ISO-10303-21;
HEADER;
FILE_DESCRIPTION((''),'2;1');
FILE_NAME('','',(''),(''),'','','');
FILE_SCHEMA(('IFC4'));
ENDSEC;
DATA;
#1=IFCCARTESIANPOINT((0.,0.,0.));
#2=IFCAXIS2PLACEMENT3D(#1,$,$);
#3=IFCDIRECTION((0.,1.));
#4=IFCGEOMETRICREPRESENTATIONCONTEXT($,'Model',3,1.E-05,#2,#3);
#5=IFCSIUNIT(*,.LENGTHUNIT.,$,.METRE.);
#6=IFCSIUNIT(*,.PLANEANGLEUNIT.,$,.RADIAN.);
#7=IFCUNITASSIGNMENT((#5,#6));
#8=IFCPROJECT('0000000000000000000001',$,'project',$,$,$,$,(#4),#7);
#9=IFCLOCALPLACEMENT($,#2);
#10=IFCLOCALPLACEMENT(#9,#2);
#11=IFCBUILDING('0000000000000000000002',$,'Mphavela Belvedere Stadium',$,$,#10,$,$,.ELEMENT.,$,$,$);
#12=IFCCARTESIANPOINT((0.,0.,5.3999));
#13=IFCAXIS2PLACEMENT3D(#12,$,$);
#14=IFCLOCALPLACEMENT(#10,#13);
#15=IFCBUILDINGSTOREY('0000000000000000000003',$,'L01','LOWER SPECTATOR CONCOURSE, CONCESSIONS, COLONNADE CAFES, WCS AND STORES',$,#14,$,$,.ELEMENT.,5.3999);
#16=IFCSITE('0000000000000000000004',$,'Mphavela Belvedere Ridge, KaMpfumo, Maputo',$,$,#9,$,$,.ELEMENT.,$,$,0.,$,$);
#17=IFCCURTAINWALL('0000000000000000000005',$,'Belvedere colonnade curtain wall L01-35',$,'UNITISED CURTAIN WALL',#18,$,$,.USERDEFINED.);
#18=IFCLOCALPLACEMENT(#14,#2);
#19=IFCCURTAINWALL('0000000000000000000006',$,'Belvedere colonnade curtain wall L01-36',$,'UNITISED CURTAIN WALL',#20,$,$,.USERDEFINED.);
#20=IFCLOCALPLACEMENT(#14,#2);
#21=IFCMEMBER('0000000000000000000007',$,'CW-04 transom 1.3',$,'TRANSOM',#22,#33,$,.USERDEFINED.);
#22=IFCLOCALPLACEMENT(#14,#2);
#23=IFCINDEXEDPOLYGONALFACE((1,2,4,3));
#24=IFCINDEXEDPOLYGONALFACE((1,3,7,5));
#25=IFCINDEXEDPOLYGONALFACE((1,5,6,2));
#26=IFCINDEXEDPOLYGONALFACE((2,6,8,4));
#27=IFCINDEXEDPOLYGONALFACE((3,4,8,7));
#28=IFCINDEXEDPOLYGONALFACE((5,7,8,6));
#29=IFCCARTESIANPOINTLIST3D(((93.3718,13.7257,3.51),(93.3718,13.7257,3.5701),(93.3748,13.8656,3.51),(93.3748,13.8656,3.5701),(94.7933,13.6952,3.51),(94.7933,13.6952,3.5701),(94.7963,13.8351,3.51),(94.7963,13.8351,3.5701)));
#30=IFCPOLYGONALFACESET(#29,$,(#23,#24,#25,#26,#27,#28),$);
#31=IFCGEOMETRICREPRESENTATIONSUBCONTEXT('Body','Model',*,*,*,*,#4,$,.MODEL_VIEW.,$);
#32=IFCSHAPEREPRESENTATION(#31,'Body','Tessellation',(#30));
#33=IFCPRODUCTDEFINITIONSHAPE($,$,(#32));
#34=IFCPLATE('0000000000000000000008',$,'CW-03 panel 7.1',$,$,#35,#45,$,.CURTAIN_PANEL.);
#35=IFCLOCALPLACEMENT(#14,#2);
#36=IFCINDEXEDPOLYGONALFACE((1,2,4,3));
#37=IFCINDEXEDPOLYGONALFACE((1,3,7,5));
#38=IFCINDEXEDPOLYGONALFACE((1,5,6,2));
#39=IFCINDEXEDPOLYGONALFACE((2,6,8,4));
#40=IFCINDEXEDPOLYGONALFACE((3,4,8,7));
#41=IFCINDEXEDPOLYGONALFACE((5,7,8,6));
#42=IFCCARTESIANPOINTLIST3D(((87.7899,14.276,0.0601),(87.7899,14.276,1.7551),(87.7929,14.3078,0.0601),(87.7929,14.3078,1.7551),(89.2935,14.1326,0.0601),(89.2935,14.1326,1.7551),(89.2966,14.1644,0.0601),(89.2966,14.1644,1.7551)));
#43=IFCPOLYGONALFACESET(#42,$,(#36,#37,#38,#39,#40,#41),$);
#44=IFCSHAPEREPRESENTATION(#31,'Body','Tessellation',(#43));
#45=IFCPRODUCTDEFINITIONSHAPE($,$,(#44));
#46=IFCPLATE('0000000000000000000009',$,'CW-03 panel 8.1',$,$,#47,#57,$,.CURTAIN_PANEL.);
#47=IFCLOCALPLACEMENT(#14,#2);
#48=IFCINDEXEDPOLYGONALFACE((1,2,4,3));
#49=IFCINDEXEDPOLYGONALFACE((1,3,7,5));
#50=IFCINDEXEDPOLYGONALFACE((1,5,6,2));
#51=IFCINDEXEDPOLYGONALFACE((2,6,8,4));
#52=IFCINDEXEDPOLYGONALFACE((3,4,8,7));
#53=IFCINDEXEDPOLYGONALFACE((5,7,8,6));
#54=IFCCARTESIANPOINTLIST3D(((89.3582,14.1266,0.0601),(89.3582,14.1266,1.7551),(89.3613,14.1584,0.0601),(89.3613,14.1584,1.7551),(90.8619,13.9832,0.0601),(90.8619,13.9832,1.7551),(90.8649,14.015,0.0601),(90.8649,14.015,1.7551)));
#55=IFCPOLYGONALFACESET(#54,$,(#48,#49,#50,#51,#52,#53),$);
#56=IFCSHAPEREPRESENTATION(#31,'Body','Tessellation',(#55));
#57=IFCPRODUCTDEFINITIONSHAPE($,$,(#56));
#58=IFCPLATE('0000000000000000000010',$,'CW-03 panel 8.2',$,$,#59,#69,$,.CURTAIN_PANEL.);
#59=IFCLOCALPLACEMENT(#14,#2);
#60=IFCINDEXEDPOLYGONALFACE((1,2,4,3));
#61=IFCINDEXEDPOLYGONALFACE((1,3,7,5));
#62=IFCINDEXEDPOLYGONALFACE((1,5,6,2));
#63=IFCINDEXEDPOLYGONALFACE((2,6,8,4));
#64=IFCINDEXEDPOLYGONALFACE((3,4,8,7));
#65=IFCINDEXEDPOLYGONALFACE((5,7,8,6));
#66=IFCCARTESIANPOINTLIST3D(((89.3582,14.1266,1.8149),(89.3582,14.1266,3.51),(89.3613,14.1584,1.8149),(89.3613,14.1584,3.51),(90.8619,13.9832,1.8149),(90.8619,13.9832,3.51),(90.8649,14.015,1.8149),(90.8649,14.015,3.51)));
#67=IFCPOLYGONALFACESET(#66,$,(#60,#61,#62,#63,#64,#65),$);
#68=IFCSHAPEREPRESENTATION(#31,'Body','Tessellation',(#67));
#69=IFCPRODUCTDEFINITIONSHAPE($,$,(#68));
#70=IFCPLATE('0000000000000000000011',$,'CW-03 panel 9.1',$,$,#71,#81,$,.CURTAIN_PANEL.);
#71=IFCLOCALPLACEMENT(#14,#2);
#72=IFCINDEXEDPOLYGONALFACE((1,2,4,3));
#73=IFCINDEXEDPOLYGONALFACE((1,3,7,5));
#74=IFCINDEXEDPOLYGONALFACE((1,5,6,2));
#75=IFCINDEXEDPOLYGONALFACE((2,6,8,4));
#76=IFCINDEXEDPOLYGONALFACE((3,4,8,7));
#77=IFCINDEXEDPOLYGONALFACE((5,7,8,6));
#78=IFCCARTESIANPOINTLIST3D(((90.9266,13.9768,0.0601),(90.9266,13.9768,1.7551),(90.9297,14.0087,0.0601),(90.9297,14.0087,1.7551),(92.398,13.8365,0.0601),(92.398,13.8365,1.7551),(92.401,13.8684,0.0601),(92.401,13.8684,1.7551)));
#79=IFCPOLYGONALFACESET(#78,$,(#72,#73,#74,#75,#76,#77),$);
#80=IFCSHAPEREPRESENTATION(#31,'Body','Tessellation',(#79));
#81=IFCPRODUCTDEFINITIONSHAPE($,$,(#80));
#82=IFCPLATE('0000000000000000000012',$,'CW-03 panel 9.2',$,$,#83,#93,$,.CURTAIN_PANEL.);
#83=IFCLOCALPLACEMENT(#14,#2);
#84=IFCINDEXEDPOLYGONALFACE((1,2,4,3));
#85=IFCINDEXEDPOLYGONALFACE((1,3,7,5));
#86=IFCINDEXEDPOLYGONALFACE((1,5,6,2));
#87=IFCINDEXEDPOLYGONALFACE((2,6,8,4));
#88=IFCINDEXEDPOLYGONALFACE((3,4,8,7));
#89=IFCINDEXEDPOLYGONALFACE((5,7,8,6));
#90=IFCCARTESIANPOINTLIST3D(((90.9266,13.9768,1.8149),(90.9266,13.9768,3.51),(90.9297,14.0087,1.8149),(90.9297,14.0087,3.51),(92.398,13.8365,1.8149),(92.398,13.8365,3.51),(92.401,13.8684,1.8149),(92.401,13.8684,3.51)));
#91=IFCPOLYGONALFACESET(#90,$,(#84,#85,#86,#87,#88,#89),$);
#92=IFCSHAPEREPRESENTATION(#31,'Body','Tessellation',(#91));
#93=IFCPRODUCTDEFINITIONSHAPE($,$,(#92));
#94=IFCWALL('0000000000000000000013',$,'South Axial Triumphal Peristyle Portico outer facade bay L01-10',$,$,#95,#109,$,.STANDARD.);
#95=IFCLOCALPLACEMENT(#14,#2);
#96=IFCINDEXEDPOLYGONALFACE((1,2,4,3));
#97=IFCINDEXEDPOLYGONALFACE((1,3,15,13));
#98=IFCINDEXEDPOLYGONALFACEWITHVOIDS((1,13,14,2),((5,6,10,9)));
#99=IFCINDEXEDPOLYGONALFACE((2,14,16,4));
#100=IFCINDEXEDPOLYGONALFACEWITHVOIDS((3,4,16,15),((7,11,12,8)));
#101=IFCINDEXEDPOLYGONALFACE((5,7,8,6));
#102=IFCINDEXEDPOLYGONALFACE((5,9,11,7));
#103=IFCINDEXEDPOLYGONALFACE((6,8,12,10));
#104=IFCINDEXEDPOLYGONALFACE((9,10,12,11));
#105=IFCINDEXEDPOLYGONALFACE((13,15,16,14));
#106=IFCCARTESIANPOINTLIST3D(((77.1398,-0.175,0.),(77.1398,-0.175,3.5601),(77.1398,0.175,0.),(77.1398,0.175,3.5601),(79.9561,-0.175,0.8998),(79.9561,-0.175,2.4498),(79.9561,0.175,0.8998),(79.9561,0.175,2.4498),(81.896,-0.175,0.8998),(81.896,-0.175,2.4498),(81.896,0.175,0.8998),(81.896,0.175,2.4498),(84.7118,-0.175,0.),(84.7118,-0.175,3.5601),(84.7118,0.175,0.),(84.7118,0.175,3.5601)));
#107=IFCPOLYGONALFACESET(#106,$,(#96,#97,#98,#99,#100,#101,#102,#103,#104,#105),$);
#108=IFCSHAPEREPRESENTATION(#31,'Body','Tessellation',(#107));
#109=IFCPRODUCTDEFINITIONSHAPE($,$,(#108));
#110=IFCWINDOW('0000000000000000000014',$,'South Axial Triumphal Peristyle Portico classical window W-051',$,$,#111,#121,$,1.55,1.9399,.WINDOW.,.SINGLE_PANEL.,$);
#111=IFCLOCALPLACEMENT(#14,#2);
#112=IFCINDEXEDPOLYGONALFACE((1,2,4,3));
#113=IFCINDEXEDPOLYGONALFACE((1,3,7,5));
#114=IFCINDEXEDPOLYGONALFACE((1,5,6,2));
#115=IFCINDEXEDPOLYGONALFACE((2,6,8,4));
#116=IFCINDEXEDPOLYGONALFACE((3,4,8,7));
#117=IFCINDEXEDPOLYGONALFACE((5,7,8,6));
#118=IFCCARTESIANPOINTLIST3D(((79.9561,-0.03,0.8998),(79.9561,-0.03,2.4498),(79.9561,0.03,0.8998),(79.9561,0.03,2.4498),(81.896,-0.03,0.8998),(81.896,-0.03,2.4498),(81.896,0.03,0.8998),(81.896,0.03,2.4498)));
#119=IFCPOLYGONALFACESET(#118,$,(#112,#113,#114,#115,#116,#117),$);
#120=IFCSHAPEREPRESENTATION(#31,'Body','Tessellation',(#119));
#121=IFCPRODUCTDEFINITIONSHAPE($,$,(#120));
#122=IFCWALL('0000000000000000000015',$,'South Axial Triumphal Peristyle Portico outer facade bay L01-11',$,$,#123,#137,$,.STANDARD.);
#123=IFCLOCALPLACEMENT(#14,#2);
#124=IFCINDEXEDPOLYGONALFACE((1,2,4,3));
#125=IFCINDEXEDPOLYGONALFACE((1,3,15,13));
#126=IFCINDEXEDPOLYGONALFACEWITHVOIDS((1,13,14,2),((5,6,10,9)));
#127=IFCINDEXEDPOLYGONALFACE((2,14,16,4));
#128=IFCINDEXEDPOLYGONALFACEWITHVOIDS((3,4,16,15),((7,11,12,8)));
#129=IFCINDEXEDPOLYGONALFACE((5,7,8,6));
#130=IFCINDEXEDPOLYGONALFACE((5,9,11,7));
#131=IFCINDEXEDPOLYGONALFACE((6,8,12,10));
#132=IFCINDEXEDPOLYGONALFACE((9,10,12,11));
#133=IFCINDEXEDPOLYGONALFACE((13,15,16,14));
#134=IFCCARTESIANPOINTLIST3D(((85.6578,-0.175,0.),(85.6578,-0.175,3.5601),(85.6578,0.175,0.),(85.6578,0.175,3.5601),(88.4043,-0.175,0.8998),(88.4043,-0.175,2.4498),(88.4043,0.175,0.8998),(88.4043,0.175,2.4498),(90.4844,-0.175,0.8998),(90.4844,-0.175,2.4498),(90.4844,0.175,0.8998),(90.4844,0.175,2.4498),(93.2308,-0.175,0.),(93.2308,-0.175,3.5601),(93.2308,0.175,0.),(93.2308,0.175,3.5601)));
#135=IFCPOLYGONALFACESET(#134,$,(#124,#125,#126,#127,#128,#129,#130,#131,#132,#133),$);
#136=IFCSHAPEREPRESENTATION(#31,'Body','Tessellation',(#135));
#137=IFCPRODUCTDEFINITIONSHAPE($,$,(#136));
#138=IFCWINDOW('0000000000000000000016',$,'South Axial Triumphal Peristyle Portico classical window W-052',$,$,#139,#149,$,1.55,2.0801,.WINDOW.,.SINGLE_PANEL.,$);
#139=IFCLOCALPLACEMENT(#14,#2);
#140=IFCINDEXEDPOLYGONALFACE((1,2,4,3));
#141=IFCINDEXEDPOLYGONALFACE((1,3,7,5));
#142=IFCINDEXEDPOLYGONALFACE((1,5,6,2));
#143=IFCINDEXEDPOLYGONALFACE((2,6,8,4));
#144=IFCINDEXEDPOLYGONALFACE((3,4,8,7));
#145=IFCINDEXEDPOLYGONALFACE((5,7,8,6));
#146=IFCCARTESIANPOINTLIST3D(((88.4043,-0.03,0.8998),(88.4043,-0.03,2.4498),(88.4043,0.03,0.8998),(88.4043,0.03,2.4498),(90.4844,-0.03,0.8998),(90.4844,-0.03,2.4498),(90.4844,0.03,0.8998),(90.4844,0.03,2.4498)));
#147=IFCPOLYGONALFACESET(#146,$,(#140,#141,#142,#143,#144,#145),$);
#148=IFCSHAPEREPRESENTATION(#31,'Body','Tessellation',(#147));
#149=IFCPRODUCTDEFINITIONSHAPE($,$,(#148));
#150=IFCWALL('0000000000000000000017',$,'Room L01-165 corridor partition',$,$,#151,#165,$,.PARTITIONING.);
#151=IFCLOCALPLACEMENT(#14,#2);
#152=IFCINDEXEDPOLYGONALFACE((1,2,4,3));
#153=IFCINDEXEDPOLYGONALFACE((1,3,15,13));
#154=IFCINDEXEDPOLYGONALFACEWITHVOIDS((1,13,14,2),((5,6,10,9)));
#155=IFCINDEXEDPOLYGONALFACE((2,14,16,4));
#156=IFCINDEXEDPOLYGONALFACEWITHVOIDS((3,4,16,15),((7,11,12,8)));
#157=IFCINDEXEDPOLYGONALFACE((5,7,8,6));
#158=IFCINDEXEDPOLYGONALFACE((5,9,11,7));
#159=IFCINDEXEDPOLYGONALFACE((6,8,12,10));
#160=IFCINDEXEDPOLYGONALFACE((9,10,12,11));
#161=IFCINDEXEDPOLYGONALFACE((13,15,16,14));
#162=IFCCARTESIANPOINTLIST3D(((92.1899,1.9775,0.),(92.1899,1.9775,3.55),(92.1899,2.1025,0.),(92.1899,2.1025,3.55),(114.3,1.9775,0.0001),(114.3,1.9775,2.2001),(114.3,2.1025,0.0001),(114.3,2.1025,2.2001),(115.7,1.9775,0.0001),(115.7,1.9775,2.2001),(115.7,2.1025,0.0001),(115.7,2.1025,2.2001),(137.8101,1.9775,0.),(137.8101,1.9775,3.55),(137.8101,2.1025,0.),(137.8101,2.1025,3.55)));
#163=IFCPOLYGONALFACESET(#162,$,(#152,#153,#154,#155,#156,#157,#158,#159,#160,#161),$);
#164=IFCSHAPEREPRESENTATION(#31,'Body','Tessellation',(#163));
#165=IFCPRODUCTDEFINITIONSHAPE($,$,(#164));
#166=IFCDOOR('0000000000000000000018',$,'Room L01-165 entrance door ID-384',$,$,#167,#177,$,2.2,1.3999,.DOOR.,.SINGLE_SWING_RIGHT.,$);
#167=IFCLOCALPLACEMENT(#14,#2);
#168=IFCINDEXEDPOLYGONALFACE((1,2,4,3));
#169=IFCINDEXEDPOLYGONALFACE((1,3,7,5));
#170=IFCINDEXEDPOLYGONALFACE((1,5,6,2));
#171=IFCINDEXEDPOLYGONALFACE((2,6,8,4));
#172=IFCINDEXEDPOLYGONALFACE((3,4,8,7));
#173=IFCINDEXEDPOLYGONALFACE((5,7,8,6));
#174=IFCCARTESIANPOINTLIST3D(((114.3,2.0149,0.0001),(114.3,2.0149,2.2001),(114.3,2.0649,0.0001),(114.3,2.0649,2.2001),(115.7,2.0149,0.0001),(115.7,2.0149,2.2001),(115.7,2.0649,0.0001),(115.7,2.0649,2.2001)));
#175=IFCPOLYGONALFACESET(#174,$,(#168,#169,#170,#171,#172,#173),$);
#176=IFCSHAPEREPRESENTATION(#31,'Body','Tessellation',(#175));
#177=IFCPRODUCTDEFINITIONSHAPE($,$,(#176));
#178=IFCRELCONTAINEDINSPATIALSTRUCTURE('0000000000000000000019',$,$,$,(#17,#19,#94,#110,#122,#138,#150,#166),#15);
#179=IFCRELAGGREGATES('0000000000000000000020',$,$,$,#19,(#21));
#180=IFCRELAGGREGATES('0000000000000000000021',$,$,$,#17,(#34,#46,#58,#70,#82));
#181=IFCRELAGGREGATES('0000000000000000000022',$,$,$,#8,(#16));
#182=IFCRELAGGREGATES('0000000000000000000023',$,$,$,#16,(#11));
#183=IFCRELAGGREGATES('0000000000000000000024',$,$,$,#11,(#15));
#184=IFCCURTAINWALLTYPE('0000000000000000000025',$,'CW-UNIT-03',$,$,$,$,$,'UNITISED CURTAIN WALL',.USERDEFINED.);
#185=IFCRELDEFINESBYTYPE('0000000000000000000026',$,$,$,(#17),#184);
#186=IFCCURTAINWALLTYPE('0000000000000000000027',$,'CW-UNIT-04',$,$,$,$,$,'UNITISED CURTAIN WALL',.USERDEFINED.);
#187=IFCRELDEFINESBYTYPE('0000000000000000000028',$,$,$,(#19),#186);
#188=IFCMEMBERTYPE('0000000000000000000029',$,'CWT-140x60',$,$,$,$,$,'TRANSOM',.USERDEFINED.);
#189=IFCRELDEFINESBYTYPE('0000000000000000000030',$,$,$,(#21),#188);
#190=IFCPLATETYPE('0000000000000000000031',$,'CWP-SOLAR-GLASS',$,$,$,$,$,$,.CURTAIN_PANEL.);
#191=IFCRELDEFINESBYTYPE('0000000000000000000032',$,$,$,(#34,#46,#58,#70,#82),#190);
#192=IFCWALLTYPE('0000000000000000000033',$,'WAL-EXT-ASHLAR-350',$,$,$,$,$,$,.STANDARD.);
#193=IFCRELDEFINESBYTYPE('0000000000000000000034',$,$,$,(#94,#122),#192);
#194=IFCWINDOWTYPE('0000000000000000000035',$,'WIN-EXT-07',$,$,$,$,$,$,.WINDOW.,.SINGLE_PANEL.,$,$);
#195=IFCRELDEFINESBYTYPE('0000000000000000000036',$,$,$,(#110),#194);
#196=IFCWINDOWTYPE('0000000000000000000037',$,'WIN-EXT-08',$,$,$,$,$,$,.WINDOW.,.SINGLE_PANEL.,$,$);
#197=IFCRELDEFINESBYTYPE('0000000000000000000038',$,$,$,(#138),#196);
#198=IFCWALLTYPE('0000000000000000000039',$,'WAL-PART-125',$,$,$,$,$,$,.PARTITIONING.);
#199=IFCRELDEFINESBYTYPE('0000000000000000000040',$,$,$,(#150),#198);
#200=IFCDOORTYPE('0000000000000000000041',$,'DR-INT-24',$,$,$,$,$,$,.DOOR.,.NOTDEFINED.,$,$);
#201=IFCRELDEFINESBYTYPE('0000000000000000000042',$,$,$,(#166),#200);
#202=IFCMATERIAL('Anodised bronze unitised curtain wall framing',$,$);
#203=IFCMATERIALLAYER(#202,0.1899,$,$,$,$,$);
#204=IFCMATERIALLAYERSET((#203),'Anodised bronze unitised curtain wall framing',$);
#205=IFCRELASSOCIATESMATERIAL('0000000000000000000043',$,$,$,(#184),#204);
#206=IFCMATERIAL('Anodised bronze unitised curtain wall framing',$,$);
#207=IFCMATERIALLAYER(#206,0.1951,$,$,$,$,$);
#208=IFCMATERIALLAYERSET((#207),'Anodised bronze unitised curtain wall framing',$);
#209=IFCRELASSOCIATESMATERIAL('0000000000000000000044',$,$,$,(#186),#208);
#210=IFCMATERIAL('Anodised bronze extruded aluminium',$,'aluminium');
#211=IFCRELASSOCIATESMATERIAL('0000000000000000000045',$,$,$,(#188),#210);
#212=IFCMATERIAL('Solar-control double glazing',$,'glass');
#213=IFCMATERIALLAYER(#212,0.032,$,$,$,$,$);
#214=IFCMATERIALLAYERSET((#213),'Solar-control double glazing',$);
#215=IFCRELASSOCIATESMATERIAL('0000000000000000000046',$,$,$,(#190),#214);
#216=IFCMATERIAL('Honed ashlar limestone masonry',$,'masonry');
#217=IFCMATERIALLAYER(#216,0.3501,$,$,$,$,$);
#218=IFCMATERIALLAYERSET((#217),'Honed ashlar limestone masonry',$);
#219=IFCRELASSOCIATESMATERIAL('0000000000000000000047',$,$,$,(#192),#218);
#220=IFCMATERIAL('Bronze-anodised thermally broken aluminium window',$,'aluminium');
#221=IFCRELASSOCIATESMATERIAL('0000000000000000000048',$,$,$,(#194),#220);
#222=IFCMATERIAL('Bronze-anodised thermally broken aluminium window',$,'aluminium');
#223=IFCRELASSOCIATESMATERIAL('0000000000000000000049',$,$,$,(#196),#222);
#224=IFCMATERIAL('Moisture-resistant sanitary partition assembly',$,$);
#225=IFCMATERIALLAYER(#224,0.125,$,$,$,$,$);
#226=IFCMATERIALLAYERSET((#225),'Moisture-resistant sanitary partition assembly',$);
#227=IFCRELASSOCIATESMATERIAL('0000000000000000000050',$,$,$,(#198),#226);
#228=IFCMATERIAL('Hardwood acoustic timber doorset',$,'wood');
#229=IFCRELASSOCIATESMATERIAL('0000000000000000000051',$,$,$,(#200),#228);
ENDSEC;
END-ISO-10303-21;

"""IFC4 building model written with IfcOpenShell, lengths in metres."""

from ifc_helpers import new_model, si_unit, direction, frame, frame_2d, origin, origin_2d, place, context, subcontext, project, spatial, rectangle, extrude, material, layer, layer_set, material_profile, profile_set, type_object, element, fill, aggregate, save


model = new_model("IFC4")

# Units and contexts
model_context = context("Model", 3, precision=1e-05, world=origin(), true_north=direction((0.0, 1.0)))
body_context = subcontext(model_context, "Body", "Model", "MODEL_VIEW")
ifc_project = project(units=[si_unit("LENGTHUNIT", "METRE"), si_unit("PLANEANGLEUNIT", "RADIAN")], contexts=[model_context])

# Site, building, storey
site_placement = place(None, origin())
site = spatial("IfcSite", under=ifc_project, at=site_placement, Name="Mphavela Belvedere Ridge, KaMpfumo, Maputo", CompositionType="ELEMENT", RefElevation=0.0)
building_placement = place(site_placement, origin())
building = spatial("IfcBuilding", under=site, at=building_placement, Name="Mphavela Belvedere Stadium", CompositionType="ELEMENT")
storey_placement = place(building_placement, frame((0.0, 0.0, 5.3999)))
storey = spatial("IfcBuildingStorey", under=building, at=storey_placement, Name="L01", Description="LOWER SPECTATOR CONCOURSE, CONCESSIONS, COLONNADE CAFES, WCS AND STORES", CompositionType="ELEMENT", Elevation=5.3999)

# Curtain wall
ifc_material_1 = material(Name="Anodised bronze unitised curtain wall framing")
ifc_layer_1 = layer(ifc_material_1, 0.1899)
ifc_layer_set_1 = layer_set([ifc_layer_1], Name="Anodised bronze unitised curtain wall framing")
curtain_wall_type_1 = type_object("IfcCurtainWallType", Name="CW-UNIT-03", ElementType="UNITISED CURTAIN WALL", PredefinedType="USERDEFINED", material=ifc_layer_set_1)
curtain_wall_1_placement = place(storey_placement, origin())
curtain_wall_1 = element("IfcCurtainWall", 1, at=curtain_wall_1_placement, inside=storey, type_object=curtain_wall_type_1, Name="Belvedere colonnade curtain wall L01-35", ObjectType="UNITISED CURTAIN WALL", PredefinedType="USERDEFINED")

# Curtain wall
ifc_material_2 = material(Name="Anodised bronze unitised curtain wall framing")
ifc_layer_2 = layer(ifc_material_2, 0.1951)
ifc_layer_set_2 = layer_set([ifc_layer_2], Name="Anodised bronze unitised curtain wall framing")
curtain_wall_type_2 = type_object("IfcCurtainWallType", Name="CW-UNIT-04", ElementType="UNITISED CURTAIN WALL", PredefinedType="USERDEFINED", material=ifc_layer_set_2)
curtain_wall_2_placement = place(storey_placement, origin())
curtain_wall_2 = element("IfcCurtainWall", 2, at=curtain_wall_2_placement, inside=storey, type_object=curtain_wall_type_2, Name="Belvedere colonnade curtain wall L01-36", ObjectType="UNITISED CURTAIN WALL", PredefinedType="USERDEFINED")

# Member
ifc_material_3 = material(Name="Anodised bronze extruded aluminium", Category="aluminium")
ifc_material_profile_1 = material_profile(ifc_material_3, rectangle(XDim=0.1399, YDim=0.0601, at=origin_2d()), Name="CW-TRN 140x60")
ifc_profile_set_1 = profile_set([ifc_material_profile_1], Name="Anodised bronze extruded aluminium")
member_type_1 = type_object("IfcMemberType", Name="CWT-140x60", ElementType="TRANSOM", PredefinedType="USERDEFINED", material=ifc_profile_set_1)
member_1_placement = place(storey_placement, frame((93.3733, 13.7957, 3.54), z_axis=(0.99977, -0.021462, 0.0), x_axis=(0.021462, 0.99977, 0.0)))
member_1 = element("IfcMember", 3, at=member_1_placement, type_object=member_type_1, Name="CW-04 transom 1.3", ObjectType="TRANSOM", PredefinedType="USERDEFINED", context=body_context, shape_type="SweptSolid", body=[
    extrude(rectangle(XDim=0.1399, YDim=0.0601, at=origin_2d()), origin(), (0.0, 0.0, 1.0), 1.4219),
])
aggregate(curtain_wall_2, [member_1])

# Plates
ifc_material_4 = material(Name="Solar-control double glazing", Category="glass")
ifc_layer_3 = layer(ifc_material_4, 0.032)
ifc_layer_set_3 = layer_set([ifc_layer_3], Name="Solar-control double glazing")
plate_type = type_object("IfcPlateType", Name="CWP-SOLAR-GLASS", PredefinedType="CURTAIN_PANEL", material=ifc_layer_set_3)
plate_1_placement = place(storey_placement, frame((88.5432, 14.2202, 0.0601), z_axis=(0.0, 0.0, 1.0), x_axis=(0.995485, -0.094922, 0.0)))
plate_1 = element("IfcPlate", 4, at=plate_1_placement, type_object=plate_type, Name="CW-03 panel 7.1", PredefinedType="CURTAIN_PANEL", context=body_context, shape_type="SweptSolid", body=[
    extrude(rectangle(XDim=1.5105, YDim=0.032, at=origin_2d()), origin(), (0.0, 0.0, 1.0), 1.6951),
])
plate_2_placement = place(storey_placement, frame((90.1116, 14.0708, 0.0601), z_axis=(0.0, 0.0, 1.0), x_axis=(0.995485, -0.094922, 0.0)))
plate_2 = element("IfcPlate", 5, at=plate_2_placement, type_object=plate_type, Name="CW-03 panel 8.1", PredefinedType="CURTAIN_PANEL", context=body_context, shape_type="SweptSolid", body=[
    extrude(rectangle(XDim=1.5105, YDim=0.032, at=origin_2d()), origin(), (0.0, 0.0, 1.0), 1.6951),
])
plate_3_placement = place(storey_placement, frame((90.1116, 14.0708, 1.8149), z_axis=(0.0, 0.0, 1.0), x_axis=(0.995485, -0.094922, 0.0)))
plate_3 = element("IfcPlate", 6, at=plate_3_placement, type_object=plate_type, Name="CW-03 panel 8.2", PredefinedType="CURTAIN_PANEL", context=body_context, shape_type="SweptSolid", body=[
    extrude(rectangle(XDim=1.5105, YDim=0.032, at=origin_2d()), origin(), (0.0, 0.0, 1.0), 1.6951),
])
plate_4_placement = place(storey_placement, frame((91.6638, 13.9226, 0.0601), z_axis=(0.0, 0.0, 1.0), x_axis=(0.995485, -0.094922, 0.0)))
plate_4 = element("IfcPlate", 7, at=plate_4_placement, type_object=plate_type, Name="CW-03 panel 9.1", PredefinedType="CURTAIN_PANEL", context=body_context, shape_type="SweptSolid", body=[
    extrude(rectangle(XDim=1.478, YDim=0.032, at=origin_2d()), origin(), (0.0, 0.0, 1.0), 1.6951),
])
plate_5_placement = place(storey_placement, frame((91.6638, 13.9226, 1.8149), z_axis=(0.0, 0.0, 1.0), x_axis=(0.995485, -0.094922, 0.0)))
plate_5 = element("IfcPlate", 8, at=plate_5_placement, type_object=plate_type, Name="CW-03 panel 9.2", PredefinedType="CURTAIN_PANEL", context=body_context, shape_type="SweptSolid", body=[
    extrude(rectangle(XDim=1.478, YDim=0.032, at=origin_2d()), origin(), (0.0, 0.0, 1.0), 1.6951),
])
aggregate(curtain_wall_1, [plate_1, plate_2, plate_3, plate_4, plate_5])

# Walls, openings, windows
ifc_material_5 = material(Name="Honed ashlar limestone masonry", Category="masonry")
ifc_layer_4 = layer(ifc_material_5, 0.3501)
ifc_layer_set_4 = layer_set([ifc_layer_4], Name="Honed ashlar limestone masonry")
wall_type_1 = type_object("IfcWallType", Name="WAL-EXT-ASHLAR-350", PredefinedType="STANDARD", material=ifc_layer_set_4)
wall_1_placement = place(storey_placement, frame((84.7119, 0.0, 0.0), z_axis=(0.0, 0.0, 1.0), x_axis=(-1.0, 0.0, 0.0)))
wall_1 = element("IfcWall", 9, at=wall_1_placement, inside=storey, type_object=wall_type_1, Name="South Axial Triumphal Peristyle Portico outer facade bay L01-10", PredefinedType="STANDARD", context=body_context, shape_type="SweptSolid", body=[
    extrude(rectangle(XDim=7.572, YDim=0.3501, at=frame_2d((3.7861, 0.0))), origin(), (0.0, 0.0, 1.0), 3.5601),
])
opening_1_placement = place(wall_1_placement, frame((2.8159, 0.0, 0.8999)))
opening_1 = element("IfcOpeningElement", 10, at=opening_1_placement, cuts=wall_1, PredefinedType="OPENING", context=body_context, shape_type="SweptSolid", body=[
    extrude(rectangle(XDim=1.9399, YDim=1.55, at=frame_2d((0.97, 0.7749))), frame((0.0, 0.1851, 0.0), z_axis=(0.0, -1.0, 0.0), x_axis=(1.0, 0.0, 0.0)), (0.0, 0.0, 1.0), 0.3701),
])
ifc_material_6 = material(Name="Bronze-anodised thermally broken aluminium window", Category="aluminium")
window_type_1 = type_object("IfcWindowType", Name="WIN-EXT-07", PartitioningType="SINGLE_PANEL", PredefinedType="WINDOW", material=ifc_material_6)
window_1_placement = place(opening_1_placement, origin())
window_1 = element("IfcWindow", 11, at=window_1_placement, inside=storey, type_object=window_type_1, Name="South Axial Triumphal Peristyle Portico classical window W-051", OverallHeight=1.55, OverallWidth=1.9399, PartitioningType="SINGLE_PANEL", PredefinedType="WINDOW", context=body_context, shape_type="SweptSolid", body=[
    extrude(rectangle(XDim=1.9399, YDim=1.55, at=frame_2d((0.97, 0.7749))), frame((0.0, 0.03, 0.0), z_axis=(0.0, -1.0, 0.0), x_axis=(1.0, 0.0, 0.0)), (0.0, 0.0, 1.0), 0.0601),
])
fill(opening_1, window_1)
wall_2_placement = place(storey_placement, frame((93.231, 0.0, 0.0), z_axis=(0.0, 0.0, 1.0), x_axis=(-1.0, 0.0, 0.0)))
wall_2 = element("IfcWall", 12, at=wall_2_placement, inside=storey, type_object=wall_type_1, Name="South Axial Triumphal Peristyle Portico outer facade bay L01-11", PredefinedType="STANDARD", context=body_context, shape_type="SweptSolid", body=[
    extrude(rectangle(XDim=7.573, YDim=0.3501, at=frame_2d((3.7866, 0.0))), origin(), (0.0, 0.0, 1.0), 3.5601),
])
opening_2_placement = place(wall_2_placement, frame((2.7466, 0.0, 0.8999)))
opening_2 = element("IfcOpeningElement", 13, at=opening_2_placement, cuts=wall_2, PredefinedType="OPENING", context=body_context, shape_type="SweptSolid", body=[
    extrude(rectangle(XDim=2.0801, YDim=1.55, at=frame_2d((1.04, 0.7749))), frame((0.0, 0.1851, 0.0), z_axis=(0.0, -1.0, 0.0), x_axis=(1.0, 0.0, 0.0)), (0.0, 0.0, 1.0), 0.3701),
])
ifc_material_7 = material(Name="Bronze-anodised thermally broken aluminium window", Category="aluminium")
window_type_2 = type_object("IfcWindowType", Name="WIN-EXT-08", PartitioningType="SINGLE_PANEL", PredefinedType="WINDOW", material=ifc_material_7)
window_2_placement = place(opening_2_placement, origin())
window_2 = element("IfcWindow", 14, at=window_2_placement, inside=storey, type_object=window_type_2, Name="South Axial Triumphal Peristyle Portico classical window W-052", OverallHeight=1.55, OverallWidth=2.0801, PartitioningType="SINGLE_PANEL", PredefinedType="WINDOW", context=body_context, shape_type="SweptSolid", body=[
    extrude(rectangle(XDim=2.0801, YDim=1.55, at=frame_2d((1.04, 0.7749))), frame((0.0, 0.03, 0.0), z_axis=(0.0, -1.0, 0.0), x_axis=(1.0, 0.0, 0.0)), (0.0, 0.0, 1.0), 0.0601),
])
fill(opening_2, window_2)

# Wall, opening, door
ifc_material_8 = material(Name="Moisture-resistant sanitary partition assembly")
ifc_layer_5 = layer(ifc_material_8, 0.125)
ifc_layer_set_5 = layer_set([ifc_layer_5], Name="Moisture-resistant sanitary partition assembly")
wall_type_2 = type_object("IfcWallType", Name="WAL-PART-125", PredefinedType="PARTITIONING", material=ifc_layer_set_5)
wall_3_placement = place(storey_placement, frame((92.1899, 2.04, 0.0), z_axis=(0.0, 0.0, 1.0), x_axis=(1.0, 0.0, 0.0)))
wall_3 = element("IfcWall", 15, at=wall_3_placement, inside=storey, type_object=wall_type_2, Name="Room L01-165 corridor partition", PredefinedType="PARTITIONING", context=body_context, shape_type="SweptSolid", body=[
    extrude(rectangle(XDim=45.6201, YDim=0.125, at=frame_2d((22.8101, 0.0))), origin(), (0.0, 0.0, 1.0), 3.55),
])
opening_3_placement = place(wall_3_placement, frame((22.1101, 0.0, 0.0)))
opening_3 = element("IfcOpeningElement", 16, at=opening_3_placement, cuts=wall_3, PredefinedType="OPENING", context=body_context, shape_type="SweptSolid", body=[
    extrude(rectangle(XDim=1.3999, YDim=2.2, at=frame_2d((0.7, 1.1001))), frame((0.0, 0.0725, 0.0), z_axis=(0.0, -1.0, 0.0), x_axis=(1.0, 0.0, 0.0)), (0.0, 0.0, 1.0), 0.145),
])
ifc_material_9 = material(Name="Hardwood acoustic timber doorset", Category="wood")
door_type = type_object("IfcDoorType", Name="DR-INT-24", OperationType="NOTDEFINED", PredefinedType="DOOR", material=ifc_material_9)
door_placement = place(opening_3_placement, origin())
door = element("IfcDoor", 17, at=door_placement, inside=storey, type_object=door_type, Name="Room L01-165 entrance door ID-384", OperationType="SINGLE_SWING_RIGHT", OverallHeight=2.2, OverallWidth=1.3999, PredefinedType="DOOR", context=body_context, shape_type="SweptSolid", body=[
    extrude(rectangle(XDim=1.3999, YDim=2.2, at=frame_2d((0.7, 1.1001))), frame((0.0, 0.0249, 0.0), z_axis=(0.0, -1.0, 0.0), x_axis=(1.0, 0.0, 0.0)), (0.0, 0.0, 1.0), 0.05),
])
fill(opening_3, door)

save(model, "model.ifc")
